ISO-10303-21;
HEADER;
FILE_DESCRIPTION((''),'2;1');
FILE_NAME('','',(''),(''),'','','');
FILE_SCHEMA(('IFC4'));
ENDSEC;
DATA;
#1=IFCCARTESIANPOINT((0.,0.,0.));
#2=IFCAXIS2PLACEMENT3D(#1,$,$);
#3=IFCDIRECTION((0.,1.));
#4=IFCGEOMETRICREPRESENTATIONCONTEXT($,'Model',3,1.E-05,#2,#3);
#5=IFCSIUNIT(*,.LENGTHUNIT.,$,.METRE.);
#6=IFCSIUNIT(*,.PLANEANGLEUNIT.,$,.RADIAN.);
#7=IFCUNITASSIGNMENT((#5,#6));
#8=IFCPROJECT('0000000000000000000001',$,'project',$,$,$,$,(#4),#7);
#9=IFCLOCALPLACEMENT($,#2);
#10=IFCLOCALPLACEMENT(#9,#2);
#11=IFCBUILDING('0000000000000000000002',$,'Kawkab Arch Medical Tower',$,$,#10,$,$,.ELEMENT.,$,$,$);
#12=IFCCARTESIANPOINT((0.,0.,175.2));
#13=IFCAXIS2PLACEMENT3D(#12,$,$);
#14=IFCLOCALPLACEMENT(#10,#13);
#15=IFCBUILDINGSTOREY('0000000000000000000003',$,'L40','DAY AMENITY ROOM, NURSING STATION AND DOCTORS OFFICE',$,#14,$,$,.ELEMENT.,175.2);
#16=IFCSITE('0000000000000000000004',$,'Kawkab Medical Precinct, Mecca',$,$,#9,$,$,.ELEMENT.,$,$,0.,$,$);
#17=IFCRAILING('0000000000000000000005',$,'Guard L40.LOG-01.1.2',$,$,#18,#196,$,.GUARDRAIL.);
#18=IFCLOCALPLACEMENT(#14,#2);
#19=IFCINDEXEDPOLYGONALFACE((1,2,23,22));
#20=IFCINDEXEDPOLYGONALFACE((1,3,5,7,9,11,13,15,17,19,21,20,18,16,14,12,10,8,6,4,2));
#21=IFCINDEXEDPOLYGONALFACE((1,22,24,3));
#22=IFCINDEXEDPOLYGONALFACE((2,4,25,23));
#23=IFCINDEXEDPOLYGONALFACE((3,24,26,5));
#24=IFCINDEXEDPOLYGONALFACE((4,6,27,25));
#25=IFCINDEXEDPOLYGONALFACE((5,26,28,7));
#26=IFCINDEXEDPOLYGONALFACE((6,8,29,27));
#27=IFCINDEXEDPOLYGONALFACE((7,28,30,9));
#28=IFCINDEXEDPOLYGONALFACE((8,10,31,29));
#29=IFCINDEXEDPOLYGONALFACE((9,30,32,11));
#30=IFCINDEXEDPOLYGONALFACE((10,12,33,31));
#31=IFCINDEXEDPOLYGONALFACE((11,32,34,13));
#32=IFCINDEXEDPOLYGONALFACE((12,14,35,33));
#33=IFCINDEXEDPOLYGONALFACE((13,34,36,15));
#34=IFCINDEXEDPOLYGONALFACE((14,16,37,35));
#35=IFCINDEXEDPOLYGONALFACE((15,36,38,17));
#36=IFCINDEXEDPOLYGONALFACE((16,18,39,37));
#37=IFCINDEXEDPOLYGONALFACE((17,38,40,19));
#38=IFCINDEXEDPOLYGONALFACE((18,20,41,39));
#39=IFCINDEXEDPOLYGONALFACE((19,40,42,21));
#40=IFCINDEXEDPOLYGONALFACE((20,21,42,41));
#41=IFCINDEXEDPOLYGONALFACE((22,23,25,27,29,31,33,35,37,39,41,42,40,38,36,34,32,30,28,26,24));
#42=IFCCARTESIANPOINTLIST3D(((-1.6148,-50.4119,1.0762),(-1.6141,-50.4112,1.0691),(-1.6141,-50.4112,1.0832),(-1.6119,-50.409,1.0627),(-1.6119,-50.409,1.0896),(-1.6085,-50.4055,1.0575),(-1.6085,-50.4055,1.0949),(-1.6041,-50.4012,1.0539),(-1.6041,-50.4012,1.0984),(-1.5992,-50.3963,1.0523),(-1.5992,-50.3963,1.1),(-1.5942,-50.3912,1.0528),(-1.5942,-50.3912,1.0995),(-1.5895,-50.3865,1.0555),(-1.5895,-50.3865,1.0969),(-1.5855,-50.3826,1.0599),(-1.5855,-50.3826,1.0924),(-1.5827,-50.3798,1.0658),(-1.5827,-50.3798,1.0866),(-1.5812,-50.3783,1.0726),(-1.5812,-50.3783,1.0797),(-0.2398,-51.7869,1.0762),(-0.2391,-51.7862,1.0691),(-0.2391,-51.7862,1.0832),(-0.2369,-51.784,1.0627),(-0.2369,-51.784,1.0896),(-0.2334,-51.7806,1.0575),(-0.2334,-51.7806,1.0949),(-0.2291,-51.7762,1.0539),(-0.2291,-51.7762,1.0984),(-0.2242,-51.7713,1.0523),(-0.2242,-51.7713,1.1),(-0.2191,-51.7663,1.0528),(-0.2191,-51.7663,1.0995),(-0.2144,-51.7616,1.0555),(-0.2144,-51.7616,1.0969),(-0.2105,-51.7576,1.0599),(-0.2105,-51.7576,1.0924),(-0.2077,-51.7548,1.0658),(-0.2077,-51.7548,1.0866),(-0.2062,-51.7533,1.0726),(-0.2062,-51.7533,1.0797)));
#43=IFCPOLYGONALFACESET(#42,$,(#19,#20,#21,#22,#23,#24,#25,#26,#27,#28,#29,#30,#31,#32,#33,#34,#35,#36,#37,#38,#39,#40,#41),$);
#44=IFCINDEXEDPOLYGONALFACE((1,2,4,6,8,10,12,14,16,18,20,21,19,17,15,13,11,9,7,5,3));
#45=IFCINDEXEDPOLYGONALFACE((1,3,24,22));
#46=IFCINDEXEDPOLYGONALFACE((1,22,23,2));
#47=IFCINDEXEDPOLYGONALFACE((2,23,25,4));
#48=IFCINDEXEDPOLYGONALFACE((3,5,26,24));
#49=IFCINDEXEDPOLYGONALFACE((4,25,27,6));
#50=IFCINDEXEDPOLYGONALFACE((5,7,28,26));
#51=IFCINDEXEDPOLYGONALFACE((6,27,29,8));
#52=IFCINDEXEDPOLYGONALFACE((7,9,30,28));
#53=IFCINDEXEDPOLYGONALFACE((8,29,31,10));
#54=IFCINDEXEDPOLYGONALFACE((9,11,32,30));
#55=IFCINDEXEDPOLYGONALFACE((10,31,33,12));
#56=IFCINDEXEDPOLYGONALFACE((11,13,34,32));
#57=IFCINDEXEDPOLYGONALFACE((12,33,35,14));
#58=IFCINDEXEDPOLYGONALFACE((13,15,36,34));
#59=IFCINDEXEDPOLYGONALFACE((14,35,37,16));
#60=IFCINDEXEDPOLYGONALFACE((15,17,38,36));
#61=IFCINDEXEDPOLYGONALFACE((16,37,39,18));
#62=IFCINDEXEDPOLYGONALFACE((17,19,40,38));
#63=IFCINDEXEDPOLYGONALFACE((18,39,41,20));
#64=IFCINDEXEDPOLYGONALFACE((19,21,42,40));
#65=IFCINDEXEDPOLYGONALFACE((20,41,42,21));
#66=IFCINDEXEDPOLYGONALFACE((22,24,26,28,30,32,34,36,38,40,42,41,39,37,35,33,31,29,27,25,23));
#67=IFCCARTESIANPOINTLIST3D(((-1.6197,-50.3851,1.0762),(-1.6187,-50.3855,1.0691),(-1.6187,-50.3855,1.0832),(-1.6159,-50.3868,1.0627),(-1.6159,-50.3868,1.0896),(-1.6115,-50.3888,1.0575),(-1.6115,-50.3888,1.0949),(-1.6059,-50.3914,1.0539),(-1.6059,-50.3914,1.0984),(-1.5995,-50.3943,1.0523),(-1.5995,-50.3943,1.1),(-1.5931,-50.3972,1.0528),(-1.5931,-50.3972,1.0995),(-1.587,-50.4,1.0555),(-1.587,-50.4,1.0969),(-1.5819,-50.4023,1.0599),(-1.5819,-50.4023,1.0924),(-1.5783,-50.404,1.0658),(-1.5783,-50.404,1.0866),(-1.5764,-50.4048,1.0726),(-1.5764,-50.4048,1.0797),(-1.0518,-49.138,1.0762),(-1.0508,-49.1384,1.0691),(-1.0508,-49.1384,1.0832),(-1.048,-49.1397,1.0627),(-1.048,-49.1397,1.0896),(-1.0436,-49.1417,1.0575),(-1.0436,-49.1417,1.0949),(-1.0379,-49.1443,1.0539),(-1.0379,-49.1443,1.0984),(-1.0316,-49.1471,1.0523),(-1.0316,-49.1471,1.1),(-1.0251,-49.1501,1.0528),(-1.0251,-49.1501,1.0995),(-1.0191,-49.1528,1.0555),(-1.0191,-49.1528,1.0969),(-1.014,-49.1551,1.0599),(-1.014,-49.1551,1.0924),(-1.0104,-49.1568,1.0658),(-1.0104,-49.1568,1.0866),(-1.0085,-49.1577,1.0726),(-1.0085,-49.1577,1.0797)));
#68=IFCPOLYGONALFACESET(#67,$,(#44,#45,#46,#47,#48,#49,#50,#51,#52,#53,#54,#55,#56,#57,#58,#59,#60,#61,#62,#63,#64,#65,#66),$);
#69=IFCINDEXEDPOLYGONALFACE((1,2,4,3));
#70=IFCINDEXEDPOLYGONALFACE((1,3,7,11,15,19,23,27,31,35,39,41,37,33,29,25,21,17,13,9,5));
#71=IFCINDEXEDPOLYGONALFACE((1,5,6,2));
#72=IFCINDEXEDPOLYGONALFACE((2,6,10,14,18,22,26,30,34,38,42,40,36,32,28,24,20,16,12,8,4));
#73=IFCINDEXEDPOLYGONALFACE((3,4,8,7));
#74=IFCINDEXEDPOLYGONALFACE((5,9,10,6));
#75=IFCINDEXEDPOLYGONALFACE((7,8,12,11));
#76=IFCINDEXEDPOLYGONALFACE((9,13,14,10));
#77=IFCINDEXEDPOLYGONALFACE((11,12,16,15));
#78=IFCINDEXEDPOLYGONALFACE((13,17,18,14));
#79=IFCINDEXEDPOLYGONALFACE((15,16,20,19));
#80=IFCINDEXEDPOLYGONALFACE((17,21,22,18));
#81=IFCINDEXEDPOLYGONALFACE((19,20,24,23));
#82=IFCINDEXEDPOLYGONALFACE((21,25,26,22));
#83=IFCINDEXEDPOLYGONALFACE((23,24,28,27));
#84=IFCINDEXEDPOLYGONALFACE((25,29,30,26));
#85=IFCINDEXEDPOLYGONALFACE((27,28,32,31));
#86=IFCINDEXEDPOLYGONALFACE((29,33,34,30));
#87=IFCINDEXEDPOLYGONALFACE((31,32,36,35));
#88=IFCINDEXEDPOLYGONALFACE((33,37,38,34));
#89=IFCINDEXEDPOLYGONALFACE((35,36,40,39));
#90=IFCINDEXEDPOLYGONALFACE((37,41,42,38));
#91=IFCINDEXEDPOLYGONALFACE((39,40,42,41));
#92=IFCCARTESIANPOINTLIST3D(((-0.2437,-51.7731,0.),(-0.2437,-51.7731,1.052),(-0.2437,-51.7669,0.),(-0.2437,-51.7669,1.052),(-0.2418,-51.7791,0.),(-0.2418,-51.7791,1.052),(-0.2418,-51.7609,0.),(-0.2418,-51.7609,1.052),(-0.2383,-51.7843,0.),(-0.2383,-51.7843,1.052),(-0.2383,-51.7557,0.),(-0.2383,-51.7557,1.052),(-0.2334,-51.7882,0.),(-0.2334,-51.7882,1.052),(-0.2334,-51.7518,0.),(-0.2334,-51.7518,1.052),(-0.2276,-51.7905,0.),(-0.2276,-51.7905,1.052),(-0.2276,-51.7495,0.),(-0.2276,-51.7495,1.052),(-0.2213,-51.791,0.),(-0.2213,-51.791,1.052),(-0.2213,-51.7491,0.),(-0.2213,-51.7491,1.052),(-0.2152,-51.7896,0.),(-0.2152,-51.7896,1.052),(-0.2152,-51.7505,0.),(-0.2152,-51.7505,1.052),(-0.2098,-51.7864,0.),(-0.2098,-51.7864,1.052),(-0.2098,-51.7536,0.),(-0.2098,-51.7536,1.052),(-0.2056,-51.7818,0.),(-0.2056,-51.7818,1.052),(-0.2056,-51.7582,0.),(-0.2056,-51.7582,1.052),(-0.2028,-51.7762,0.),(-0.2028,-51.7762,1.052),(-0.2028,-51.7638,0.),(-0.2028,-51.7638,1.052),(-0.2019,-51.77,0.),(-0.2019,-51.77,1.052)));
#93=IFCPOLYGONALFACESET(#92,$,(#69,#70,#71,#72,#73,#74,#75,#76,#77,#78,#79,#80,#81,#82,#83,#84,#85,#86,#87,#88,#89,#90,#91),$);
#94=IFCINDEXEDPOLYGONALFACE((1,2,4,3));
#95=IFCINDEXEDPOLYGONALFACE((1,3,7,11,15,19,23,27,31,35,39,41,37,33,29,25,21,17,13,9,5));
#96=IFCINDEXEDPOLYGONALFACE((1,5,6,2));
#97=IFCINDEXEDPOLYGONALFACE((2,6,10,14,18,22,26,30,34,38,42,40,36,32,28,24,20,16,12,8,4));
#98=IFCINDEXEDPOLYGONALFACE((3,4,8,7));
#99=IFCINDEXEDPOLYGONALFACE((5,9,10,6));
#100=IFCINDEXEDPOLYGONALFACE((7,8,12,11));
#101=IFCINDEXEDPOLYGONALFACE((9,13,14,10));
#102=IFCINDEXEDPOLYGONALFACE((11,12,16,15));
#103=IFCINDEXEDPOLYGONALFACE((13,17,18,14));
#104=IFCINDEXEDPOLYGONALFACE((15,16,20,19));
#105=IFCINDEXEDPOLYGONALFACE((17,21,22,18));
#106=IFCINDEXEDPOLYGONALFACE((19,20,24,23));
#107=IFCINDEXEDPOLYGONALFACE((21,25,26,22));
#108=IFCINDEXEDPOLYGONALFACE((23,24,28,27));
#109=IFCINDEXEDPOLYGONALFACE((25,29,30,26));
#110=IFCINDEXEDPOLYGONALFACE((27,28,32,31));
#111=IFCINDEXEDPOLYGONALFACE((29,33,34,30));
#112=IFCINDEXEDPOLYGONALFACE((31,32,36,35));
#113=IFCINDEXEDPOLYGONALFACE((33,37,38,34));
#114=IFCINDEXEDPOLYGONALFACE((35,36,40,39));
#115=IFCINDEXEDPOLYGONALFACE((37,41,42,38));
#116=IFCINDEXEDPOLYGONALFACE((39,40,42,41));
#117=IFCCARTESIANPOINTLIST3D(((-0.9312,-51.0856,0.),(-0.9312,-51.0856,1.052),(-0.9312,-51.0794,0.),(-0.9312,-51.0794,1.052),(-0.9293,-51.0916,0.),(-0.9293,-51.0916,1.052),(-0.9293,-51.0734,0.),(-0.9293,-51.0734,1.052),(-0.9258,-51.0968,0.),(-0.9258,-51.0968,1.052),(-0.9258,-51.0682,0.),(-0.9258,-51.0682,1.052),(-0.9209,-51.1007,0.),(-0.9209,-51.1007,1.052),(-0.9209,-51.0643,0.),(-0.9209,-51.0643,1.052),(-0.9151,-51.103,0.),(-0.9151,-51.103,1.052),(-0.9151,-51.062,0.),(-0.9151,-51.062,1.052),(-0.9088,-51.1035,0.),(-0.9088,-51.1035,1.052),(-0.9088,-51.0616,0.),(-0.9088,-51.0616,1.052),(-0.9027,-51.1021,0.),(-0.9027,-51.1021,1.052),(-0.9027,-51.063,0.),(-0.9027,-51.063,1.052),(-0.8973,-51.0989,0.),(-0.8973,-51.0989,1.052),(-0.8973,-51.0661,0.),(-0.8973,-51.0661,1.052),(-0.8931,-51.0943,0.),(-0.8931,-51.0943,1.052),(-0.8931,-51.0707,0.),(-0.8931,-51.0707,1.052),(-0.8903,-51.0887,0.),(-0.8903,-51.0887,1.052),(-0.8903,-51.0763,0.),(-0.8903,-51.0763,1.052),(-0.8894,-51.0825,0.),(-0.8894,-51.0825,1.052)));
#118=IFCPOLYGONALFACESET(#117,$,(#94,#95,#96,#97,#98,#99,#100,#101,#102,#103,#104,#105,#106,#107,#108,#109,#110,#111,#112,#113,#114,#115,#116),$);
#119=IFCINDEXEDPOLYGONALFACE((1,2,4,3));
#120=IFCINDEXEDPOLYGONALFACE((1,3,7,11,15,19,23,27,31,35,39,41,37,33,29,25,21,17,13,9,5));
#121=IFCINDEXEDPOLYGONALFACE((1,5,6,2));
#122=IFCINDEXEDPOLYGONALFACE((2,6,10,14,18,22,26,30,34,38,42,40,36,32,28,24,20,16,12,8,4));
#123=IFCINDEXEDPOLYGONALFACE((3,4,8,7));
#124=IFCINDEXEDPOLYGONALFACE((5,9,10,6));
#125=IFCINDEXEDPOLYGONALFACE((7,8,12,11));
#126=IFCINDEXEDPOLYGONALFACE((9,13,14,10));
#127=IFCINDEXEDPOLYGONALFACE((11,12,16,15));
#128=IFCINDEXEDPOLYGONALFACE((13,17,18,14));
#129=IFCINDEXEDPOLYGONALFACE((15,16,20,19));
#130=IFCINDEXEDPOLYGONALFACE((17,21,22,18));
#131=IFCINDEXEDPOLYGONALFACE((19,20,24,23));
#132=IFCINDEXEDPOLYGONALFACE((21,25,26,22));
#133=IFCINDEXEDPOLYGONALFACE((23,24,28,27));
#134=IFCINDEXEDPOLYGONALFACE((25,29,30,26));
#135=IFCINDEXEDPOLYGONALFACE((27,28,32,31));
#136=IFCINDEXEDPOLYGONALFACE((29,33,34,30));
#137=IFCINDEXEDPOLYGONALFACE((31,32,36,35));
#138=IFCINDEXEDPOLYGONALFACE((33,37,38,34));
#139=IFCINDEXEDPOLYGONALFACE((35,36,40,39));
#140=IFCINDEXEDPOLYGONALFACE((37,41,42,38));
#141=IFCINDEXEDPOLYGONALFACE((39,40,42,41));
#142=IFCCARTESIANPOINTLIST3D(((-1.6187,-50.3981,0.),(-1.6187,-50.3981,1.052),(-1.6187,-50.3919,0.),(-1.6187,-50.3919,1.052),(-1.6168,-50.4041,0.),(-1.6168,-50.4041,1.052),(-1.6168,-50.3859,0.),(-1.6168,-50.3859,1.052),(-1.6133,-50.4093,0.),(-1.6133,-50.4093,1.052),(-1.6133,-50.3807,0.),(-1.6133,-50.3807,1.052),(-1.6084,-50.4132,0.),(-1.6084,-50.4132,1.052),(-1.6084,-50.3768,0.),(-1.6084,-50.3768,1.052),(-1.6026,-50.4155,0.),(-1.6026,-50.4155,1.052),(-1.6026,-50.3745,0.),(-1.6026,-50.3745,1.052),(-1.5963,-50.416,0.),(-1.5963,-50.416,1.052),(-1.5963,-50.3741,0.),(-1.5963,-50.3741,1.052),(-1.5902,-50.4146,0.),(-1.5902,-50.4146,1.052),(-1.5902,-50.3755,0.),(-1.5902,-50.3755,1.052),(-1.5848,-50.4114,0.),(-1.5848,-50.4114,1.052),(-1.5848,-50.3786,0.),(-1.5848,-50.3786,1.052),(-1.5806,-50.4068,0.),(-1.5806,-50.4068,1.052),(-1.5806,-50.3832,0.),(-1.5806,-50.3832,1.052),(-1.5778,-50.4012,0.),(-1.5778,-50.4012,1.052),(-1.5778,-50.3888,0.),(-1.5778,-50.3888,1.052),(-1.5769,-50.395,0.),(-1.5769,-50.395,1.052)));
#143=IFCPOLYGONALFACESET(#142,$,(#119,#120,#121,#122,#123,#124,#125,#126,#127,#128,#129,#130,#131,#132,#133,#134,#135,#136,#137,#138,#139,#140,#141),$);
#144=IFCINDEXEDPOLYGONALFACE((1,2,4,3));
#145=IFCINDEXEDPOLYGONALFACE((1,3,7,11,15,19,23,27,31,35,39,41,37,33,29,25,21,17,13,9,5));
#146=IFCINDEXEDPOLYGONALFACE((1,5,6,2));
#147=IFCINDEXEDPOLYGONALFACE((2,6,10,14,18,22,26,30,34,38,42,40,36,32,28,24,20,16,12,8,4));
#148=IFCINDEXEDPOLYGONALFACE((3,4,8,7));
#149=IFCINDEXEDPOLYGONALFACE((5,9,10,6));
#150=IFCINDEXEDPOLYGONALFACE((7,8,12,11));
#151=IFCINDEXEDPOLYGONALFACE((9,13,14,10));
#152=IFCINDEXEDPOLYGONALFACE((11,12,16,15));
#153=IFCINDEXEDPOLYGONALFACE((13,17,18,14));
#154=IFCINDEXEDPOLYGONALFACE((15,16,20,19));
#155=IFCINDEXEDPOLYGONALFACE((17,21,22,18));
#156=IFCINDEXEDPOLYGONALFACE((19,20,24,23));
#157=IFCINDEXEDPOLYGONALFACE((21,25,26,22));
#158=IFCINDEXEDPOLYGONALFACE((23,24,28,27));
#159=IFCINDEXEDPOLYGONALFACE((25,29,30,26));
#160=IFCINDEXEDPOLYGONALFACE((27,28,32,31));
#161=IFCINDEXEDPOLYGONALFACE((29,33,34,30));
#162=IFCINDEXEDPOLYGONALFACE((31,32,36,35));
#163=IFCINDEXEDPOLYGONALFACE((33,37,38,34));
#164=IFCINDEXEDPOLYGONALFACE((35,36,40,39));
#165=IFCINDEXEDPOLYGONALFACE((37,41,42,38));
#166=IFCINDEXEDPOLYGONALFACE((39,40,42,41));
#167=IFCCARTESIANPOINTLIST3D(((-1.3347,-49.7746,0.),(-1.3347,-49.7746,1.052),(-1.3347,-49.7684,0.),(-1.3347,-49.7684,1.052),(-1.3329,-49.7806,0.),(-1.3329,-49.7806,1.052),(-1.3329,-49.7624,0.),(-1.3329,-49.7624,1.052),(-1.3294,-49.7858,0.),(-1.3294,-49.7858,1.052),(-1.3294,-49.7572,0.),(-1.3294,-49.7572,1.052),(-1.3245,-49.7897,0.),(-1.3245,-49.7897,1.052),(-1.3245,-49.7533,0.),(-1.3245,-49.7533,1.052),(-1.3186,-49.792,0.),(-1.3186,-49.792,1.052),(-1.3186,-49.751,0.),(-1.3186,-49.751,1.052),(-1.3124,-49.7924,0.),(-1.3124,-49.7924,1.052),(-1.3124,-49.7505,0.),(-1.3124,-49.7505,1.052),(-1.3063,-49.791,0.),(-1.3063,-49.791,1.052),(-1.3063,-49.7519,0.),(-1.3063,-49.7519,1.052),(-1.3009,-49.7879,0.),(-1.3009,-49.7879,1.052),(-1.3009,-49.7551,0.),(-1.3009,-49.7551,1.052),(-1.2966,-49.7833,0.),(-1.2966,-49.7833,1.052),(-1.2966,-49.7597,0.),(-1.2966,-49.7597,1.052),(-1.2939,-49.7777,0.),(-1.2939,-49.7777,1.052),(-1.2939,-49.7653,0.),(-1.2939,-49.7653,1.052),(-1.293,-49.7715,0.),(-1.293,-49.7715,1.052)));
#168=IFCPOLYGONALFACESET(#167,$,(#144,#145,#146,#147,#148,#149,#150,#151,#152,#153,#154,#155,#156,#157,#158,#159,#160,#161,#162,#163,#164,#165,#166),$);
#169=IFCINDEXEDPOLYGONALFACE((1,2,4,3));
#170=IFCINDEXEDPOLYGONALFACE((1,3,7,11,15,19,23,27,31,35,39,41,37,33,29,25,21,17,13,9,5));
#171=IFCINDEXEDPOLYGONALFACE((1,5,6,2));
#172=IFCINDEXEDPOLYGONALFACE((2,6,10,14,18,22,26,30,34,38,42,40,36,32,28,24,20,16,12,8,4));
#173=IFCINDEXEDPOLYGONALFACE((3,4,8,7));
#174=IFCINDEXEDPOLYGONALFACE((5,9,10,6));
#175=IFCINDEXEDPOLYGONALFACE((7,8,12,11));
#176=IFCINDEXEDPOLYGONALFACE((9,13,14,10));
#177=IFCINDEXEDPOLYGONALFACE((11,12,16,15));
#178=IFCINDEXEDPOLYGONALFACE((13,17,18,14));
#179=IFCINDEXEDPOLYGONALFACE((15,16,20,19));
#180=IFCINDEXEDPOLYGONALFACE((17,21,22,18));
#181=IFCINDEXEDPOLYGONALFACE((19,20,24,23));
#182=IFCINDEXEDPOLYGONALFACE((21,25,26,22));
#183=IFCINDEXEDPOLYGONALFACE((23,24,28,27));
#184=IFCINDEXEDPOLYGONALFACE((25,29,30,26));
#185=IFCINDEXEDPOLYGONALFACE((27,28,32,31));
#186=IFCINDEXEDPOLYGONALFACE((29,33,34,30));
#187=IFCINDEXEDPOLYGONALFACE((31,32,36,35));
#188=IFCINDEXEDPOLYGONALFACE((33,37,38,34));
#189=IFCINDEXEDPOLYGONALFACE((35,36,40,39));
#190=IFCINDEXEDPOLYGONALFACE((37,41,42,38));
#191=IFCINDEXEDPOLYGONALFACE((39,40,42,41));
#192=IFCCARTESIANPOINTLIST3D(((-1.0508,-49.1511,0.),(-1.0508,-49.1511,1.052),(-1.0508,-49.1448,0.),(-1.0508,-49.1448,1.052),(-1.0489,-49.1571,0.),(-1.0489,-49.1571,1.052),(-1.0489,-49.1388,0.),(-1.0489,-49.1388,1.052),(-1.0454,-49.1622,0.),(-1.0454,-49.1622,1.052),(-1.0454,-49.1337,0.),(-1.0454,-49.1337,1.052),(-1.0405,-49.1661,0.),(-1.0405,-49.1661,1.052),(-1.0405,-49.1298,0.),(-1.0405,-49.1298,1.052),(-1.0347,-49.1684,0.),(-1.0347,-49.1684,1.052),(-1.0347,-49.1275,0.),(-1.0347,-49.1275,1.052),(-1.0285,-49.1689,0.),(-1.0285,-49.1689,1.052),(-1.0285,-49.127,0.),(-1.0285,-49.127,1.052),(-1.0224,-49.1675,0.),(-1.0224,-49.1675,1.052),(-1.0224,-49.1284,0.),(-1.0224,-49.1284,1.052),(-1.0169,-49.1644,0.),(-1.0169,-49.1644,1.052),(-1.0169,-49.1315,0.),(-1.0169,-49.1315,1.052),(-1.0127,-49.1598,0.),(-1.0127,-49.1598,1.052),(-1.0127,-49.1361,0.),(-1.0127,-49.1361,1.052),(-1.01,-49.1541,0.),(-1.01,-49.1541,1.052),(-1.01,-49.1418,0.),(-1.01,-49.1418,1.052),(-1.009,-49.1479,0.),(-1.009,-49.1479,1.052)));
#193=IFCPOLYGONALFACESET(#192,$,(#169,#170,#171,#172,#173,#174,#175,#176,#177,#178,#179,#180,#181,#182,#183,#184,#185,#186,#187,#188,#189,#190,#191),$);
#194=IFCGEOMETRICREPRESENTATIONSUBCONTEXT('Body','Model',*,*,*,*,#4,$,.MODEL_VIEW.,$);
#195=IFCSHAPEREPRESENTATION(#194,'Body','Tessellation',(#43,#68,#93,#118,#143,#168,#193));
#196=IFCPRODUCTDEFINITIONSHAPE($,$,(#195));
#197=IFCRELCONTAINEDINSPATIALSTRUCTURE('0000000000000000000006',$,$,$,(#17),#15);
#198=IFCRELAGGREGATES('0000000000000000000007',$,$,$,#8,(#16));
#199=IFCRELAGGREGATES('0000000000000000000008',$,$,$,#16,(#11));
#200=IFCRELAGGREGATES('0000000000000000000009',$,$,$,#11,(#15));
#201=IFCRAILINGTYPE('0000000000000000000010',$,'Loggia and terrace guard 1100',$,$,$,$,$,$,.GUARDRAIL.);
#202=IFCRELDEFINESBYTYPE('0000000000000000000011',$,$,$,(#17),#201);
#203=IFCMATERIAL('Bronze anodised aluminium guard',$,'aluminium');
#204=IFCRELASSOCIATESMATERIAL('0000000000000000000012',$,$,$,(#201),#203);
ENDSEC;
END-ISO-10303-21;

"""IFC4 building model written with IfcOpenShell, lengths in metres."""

from ifc_helpers import new_model, si_unit, direction, frame, origin, origin_2d, place, context, subcontext, project, spatial, circle, extrude, material, type_object, element, save


model = new_model("IFC4")

# Units and contexts
model_context = context("Model", 3, precision=1e-05, world=origin(), true_north=direction((0.0, 1.0)))
body_context = subcontext(model_context, "Body", "Model", "MODEL_VIEW")
ifc_project = project(units=[si_unit("LENGTHUNIT", "METRE"), si_unit("PLANEANGLEUNIT", "RADIAN")], contexts=[model_context])

# Site, building, storey
site_placement = place(None, origin())
site = spatial("IfcSite", under=ifc_project, at=site_placement, Name="Kawkab Medical Precinct, Mecca", CompositionType="ELEMENT", RefElevation=0.0)
building_placement = place(site_placement, origin())
building = spatial("IfcBuilding", under=site, at=building_placement, Name="Kawkab Arch Medical Tower", CompositionType="ELEMENT")
storey_placement = place(building_placement, frame((0.0, 0.0, 175.2)))
storey = spatial("IfcBuildingStorey", under=building, at=storey_placement, Name="L40", Description="DAY AMENITY ROOM, NURSING STATION AND DOCTORS OFFICE", CompositionType="ELEMENT", Elevation=175.2)

# Railing
ifc_material_1 = material(Name="Bronze anodised aluminium guard", Category="aluminium")
railing_type_1 = type_object("IfcRailingType", Name="Loggia and terrace guard 1100", PredefinedType="GUARDRAIL", material=ifc_material_1)
railing_1_placement = place(storey_placement, frame((-0.2229, -51.77, 0.0)))
element("IfcRailing", 1, at=railing_1_placement, inside=storey, type_object=railing_type_1, Name="Guard L40.LOG-01.1.2", PredefinedType="GUARDRAIL", context=body_context, shape_type="SweptSolid", body=[
    extrude(circle(Radius=0.0239, at=origin_2d()), frame((0.0, 0.0, 1.0762), z_axis=(-0.707107, 0.707107, 0.0), x_axis=(-0.707107, -0.707107, 0.0)), (0.0, 0.0, 1.0), 1.9446),
    extrude(circle(Radius=0.0239, at=origin_2d()), frame((-1.375, 1.375, 1.0762), z_axis=(0.41442, 0.910086, 0.0), x_axis=(-0.910086, 0.41442, 0.0)), (0.0, 0.0, 1.0), 1.3704),
    extrude(circle(Radius=0.021, at=origin_2d()), origin(), (0.0, 0.0, 1.0), 1.052),
    extrude(circle(Radius=0.021, at=origin_2d()), frame((-0.6875, 0.6875, 0.0)), (0.0, 0.0, 1.0), 1.052),
    extrude(circle(Radius=0.021, at=origin_2d()), frame((-1.375, 1.375, 0.0)), (0.0, 0.0, 1.0), 1.052),
    extrude(circle(Radius=0.021, at=origin_2d()), frame((-1.0911, 1.9985, 0.0)), (0.0, 0.0, 1.0), 1.052),
    extrude(circle(Radius=0.021, at=origin_2d()), frame((-0.8071, 2.6221, 0.0)), (0.0, 0.0, 1.0), 1.052),
])

save(model, "model.ifc")
